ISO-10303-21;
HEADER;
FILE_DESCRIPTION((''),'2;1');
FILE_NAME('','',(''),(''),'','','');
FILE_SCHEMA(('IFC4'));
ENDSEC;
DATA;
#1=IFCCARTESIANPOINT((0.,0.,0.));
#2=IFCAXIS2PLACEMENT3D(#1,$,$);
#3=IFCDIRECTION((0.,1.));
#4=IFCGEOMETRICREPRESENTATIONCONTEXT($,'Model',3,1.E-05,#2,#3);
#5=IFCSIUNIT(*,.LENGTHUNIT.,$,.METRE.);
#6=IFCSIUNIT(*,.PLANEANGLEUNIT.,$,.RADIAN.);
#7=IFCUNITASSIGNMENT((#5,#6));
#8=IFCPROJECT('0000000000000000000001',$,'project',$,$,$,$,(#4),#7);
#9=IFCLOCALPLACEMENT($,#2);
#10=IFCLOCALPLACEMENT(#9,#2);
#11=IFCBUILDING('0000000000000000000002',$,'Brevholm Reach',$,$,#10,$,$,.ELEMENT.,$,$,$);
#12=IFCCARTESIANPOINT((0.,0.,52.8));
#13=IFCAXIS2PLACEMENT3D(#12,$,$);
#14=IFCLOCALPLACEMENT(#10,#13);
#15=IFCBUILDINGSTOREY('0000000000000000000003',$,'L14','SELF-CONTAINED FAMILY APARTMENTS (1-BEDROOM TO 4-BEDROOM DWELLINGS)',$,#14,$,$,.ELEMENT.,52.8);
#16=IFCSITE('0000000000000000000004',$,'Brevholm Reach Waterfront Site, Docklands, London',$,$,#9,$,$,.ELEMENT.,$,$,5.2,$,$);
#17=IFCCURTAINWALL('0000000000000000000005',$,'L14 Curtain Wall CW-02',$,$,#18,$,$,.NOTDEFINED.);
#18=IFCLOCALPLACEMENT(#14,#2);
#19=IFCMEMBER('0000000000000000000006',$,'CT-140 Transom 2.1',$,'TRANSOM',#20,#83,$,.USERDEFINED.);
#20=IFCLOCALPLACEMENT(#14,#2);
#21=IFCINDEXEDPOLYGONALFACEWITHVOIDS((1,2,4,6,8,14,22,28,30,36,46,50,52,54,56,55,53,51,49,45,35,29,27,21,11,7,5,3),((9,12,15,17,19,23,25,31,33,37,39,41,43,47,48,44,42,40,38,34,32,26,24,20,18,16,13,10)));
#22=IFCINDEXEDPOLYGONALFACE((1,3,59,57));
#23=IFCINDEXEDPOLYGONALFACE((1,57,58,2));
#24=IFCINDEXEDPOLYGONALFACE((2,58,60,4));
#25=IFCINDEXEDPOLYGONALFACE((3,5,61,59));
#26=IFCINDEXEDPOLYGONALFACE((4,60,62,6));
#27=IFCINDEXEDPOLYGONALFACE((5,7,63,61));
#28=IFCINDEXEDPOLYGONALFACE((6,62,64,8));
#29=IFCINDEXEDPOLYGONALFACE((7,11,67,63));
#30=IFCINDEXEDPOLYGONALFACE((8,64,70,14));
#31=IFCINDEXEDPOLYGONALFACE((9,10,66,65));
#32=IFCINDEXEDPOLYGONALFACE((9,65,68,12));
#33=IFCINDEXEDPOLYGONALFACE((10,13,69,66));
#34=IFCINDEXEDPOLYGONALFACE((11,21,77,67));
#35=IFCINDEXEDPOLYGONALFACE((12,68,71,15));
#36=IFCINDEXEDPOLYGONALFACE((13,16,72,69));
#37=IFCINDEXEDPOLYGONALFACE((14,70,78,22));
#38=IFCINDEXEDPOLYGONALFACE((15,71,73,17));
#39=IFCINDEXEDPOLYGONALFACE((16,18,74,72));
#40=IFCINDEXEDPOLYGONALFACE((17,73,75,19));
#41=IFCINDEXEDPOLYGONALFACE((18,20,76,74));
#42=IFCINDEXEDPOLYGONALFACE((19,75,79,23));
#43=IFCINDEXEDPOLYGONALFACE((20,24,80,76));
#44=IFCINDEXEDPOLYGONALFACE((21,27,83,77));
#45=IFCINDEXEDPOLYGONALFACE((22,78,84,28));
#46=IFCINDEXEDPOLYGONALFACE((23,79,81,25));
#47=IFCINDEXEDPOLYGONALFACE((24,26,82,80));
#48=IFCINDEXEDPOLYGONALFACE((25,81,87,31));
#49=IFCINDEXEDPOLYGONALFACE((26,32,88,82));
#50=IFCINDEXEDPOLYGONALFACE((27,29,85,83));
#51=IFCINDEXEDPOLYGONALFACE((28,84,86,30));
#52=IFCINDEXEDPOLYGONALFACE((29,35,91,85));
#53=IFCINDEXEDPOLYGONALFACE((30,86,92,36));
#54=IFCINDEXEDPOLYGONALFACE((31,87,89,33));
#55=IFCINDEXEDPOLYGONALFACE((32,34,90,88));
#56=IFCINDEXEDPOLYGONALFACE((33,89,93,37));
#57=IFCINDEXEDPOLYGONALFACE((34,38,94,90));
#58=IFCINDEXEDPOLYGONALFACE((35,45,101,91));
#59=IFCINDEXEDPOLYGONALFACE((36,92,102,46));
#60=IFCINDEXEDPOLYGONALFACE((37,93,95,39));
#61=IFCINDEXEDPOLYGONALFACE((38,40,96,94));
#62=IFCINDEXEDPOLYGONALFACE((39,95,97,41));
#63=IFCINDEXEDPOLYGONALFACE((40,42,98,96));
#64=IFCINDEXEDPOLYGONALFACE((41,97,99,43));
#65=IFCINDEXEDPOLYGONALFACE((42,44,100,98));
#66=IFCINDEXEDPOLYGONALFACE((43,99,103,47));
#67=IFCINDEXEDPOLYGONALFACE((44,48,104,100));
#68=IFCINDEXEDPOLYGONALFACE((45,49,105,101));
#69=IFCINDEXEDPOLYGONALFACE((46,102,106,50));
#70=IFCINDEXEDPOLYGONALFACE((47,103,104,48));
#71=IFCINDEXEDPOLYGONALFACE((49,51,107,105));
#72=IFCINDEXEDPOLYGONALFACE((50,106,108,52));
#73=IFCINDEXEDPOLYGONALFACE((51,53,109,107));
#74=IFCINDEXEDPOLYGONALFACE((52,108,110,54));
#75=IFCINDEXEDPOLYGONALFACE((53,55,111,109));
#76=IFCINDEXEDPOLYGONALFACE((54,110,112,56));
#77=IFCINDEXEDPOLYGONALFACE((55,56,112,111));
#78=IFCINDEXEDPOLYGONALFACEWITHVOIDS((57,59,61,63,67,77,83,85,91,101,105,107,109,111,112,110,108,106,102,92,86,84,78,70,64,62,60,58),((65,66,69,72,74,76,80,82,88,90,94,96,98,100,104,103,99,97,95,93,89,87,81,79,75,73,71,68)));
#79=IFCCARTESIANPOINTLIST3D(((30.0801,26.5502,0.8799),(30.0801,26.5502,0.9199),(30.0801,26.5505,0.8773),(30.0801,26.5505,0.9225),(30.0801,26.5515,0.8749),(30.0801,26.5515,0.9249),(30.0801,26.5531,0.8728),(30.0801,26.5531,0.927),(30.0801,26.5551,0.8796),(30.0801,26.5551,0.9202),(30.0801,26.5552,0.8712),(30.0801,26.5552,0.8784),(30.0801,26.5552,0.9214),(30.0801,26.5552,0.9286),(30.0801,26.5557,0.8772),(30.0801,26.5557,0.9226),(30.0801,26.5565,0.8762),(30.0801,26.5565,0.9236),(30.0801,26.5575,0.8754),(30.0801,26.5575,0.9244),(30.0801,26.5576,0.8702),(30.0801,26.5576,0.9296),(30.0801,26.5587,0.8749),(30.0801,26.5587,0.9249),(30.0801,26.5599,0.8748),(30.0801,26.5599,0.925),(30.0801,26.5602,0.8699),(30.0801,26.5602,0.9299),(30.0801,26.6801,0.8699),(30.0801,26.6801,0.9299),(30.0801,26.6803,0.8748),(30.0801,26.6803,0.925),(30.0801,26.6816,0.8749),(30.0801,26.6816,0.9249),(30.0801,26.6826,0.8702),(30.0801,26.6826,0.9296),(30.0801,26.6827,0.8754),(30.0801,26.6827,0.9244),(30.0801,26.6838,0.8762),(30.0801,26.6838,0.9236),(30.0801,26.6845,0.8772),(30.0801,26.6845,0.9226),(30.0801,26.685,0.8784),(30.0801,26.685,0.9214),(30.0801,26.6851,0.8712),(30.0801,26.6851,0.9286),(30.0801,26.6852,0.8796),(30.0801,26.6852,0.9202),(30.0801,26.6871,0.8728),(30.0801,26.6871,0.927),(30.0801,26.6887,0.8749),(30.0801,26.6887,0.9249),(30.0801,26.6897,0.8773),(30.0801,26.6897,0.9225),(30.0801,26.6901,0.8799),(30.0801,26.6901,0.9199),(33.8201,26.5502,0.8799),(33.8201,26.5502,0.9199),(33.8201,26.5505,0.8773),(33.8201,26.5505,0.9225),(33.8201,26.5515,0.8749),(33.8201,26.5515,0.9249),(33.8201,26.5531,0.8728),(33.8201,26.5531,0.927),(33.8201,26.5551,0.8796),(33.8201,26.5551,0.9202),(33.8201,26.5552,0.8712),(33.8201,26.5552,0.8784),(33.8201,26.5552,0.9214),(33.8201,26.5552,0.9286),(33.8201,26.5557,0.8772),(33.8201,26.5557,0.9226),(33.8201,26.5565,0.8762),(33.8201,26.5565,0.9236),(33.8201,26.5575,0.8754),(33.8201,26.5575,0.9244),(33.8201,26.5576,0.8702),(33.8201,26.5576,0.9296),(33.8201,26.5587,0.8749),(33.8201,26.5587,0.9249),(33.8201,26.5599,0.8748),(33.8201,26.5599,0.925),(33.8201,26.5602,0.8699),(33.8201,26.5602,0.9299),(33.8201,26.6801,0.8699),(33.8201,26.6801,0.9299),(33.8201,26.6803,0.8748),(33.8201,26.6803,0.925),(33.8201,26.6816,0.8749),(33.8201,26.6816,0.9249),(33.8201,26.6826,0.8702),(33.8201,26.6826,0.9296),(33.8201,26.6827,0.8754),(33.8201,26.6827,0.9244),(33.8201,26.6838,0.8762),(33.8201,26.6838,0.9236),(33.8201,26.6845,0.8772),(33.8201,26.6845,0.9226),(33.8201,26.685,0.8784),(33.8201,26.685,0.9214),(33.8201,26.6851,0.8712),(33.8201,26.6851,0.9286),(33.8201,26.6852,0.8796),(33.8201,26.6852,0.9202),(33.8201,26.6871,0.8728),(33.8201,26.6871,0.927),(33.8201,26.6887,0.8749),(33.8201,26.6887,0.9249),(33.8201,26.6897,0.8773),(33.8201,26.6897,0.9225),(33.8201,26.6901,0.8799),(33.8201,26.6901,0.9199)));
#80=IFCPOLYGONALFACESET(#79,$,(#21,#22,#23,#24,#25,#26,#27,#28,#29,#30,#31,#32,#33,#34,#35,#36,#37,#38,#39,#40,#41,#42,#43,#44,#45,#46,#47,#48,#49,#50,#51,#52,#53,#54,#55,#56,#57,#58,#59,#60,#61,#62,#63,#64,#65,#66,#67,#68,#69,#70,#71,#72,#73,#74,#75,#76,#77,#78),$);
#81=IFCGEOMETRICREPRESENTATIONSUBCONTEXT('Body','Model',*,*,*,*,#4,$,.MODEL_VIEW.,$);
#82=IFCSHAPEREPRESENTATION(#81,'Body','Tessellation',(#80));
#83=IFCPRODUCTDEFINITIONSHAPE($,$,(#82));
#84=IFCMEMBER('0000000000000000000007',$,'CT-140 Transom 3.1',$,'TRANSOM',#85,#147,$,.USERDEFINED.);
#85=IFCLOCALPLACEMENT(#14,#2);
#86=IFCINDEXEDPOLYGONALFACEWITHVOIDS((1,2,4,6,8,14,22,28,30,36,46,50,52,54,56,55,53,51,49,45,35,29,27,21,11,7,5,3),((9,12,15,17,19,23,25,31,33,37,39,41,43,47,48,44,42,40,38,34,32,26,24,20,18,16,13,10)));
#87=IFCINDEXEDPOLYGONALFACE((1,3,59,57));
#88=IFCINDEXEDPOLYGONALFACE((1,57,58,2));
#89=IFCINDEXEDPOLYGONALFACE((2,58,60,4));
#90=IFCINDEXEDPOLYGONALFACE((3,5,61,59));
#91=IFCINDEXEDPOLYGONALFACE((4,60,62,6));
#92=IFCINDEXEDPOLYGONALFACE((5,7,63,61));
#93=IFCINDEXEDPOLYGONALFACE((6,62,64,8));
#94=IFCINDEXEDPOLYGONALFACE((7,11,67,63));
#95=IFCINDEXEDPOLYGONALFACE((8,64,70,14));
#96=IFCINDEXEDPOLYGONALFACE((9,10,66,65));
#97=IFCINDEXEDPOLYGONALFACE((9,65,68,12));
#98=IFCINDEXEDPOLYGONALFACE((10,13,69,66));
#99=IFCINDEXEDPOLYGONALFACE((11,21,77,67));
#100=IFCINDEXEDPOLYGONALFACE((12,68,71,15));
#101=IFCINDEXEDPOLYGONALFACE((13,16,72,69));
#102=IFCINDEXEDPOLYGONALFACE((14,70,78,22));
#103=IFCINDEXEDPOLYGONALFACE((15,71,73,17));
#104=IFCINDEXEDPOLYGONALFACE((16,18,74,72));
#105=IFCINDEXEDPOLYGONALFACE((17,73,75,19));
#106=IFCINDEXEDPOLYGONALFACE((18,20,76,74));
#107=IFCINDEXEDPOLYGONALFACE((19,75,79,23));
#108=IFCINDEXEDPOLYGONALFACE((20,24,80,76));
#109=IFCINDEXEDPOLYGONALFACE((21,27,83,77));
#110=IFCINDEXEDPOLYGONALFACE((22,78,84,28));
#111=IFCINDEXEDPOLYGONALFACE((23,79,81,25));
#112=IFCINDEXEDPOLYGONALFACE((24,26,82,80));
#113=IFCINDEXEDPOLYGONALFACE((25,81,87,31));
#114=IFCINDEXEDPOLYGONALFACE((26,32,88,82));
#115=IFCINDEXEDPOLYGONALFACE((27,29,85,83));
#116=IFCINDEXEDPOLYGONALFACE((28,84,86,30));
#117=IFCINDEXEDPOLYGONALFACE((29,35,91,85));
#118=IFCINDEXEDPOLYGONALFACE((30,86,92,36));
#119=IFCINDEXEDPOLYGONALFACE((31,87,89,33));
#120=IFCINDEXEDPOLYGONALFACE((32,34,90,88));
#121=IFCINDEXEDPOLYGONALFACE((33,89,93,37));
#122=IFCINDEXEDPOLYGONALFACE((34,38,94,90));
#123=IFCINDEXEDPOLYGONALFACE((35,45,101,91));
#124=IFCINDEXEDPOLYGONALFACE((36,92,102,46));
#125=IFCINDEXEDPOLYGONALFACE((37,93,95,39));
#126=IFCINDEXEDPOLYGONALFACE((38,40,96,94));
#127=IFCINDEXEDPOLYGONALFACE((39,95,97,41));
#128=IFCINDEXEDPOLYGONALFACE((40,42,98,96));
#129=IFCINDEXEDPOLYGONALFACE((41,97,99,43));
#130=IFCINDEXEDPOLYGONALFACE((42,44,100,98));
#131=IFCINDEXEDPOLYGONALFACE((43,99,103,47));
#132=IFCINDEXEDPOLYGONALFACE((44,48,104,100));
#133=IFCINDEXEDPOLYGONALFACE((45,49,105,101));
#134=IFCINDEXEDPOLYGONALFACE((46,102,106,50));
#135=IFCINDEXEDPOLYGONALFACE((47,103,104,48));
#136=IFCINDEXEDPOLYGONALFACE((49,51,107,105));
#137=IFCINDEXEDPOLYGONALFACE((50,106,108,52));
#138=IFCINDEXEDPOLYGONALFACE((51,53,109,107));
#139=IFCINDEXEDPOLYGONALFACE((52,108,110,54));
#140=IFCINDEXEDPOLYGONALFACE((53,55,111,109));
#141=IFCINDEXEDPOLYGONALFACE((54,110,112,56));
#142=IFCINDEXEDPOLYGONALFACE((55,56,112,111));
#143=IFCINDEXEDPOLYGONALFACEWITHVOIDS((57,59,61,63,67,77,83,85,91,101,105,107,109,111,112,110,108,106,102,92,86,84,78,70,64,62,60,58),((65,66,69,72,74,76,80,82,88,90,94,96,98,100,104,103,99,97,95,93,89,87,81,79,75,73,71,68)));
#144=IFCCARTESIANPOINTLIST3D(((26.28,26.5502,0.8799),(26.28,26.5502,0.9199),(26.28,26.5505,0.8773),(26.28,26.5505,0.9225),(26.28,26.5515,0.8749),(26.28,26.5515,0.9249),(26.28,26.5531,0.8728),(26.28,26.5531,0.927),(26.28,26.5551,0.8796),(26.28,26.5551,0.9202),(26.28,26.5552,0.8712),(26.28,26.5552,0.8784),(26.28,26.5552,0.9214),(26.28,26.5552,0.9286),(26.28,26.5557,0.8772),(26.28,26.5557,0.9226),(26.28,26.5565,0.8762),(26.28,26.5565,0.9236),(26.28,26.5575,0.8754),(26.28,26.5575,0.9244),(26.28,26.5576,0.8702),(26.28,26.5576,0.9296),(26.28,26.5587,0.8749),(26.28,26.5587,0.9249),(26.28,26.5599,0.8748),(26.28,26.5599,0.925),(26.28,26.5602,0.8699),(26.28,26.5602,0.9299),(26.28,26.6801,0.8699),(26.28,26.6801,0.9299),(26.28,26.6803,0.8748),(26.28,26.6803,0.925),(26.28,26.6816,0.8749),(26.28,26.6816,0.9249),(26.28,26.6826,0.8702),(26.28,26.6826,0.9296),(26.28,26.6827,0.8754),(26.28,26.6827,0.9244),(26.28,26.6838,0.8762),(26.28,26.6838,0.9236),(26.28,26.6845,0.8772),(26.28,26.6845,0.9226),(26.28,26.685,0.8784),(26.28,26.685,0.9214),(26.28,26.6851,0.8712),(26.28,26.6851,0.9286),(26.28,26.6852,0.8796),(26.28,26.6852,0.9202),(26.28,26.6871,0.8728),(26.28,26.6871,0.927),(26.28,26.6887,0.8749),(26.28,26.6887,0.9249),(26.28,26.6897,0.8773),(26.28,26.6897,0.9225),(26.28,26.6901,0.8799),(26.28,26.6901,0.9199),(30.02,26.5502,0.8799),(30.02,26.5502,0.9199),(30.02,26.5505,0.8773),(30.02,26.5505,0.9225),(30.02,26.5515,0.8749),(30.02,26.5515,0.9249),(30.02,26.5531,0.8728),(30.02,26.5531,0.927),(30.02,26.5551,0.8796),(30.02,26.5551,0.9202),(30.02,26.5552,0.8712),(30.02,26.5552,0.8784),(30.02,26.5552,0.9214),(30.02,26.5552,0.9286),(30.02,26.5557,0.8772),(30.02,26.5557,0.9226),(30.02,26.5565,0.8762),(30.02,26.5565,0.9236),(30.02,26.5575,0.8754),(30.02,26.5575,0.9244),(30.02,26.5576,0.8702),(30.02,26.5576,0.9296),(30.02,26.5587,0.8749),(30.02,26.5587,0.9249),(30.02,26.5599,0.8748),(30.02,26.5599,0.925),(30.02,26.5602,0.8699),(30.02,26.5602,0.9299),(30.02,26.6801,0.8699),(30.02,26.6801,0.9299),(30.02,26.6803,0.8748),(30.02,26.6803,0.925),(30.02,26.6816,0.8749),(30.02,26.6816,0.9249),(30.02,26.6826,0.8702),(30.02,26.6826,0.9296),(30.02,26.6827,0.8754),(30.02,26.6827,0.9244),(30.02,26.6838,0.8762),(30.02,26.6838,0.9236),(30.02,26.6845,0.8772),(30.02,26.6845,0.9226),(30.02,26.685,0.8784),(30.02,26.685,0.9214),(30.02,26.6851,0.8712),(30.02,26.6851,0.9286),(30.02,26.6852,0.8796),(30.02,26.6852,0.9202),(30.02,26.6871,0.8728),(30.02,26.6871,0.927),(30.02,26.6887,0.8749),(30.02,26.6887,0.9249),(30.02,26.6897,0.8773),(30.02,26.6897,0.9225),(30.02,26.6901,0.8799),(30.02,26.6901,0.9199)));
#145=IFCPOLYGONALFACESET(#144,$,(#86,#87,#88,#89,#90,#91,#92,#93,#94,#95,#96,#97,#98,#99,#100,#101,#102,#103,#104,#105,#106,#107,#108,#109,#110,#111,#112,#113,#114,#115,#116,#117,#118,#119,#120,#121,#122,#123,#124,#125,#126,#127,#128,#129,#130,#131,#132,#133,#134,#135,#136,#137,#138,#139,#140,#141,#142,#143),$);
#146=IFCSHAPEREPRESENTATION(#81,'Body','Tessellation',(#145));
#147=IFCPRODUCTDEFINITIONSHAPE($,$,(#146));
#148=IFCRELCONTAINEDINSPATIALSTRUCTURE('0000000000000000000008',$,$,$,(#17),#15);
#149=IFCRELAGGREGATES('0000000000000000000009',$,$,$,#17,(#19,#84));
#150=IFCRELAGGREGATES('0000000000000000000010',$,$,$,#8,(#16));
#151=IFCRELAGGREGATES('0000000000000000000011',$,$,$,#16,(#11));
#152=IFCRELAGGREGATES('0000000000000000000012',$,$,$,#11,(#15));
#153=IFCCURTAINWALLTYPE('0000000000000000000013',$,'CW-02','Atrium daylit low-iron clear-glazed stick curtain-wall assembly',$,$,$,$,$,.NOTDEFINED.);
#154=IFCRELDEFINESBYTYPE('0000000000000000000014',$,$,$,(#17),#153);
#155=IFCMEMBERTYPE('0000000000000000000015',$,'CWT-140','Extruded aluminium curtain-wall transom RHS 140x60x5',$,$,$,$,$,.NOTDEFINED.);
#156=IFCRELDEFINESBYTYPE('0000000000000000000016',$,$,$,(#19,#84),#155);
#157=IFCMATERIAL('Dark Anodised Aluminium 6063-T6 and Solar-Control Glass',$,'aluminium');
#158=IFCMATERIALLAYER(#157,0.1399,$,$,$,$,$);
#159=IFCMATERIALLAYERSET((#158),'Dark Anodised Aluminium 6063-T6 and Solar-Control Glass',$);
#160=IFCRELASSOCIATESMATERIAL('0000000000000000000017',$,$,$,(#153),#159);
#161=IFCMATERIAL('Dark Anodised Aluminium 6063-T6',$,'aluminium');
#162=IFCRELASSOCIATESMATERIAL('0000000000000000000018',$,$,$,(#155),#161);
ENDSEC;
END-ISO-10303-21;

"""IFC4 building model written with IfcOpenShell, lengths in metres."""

from ifc_helpers import new_model, si_unit, direction, frame, origin, origin_2d, place, context, subcontext, project, spatial, hollow_rectangle, extrude, material, layer, layer_set, material_profile, profile_set, type_object, element, aggregate, save


model = new_model("IFC4")

# Units and contexts
model_context = context("Model", 3, precision=1e-05, world=origin(), true_north=direction((0.0, 1.0)))
body_context = subcontext(model_context, "Body", "Model", "MODEL_VIEW")
ifc_project = project(units=[si_unit("LENGTHUNIT", "METRE"), si_unit("PLANEANGLEUNIT", "RADIAN")], contexts=[model_context])

# Site, building, storey
site_placement = place(None, origin())
site = spatial("IfcSite", under=ifc_project, at=site_placement, Name="Brevholm Reach Waterfront Site, Docklands, London", CompositionType="ELEMENT", RefElevation=5.2)
building_placement = place(site_placement, origin())
building = spatial("IfcBuilding", under=site, at=building_placement, Name="Brevholm Reach", CompositionType="ELEMENT")
storey_placement = place(building_placement, frame((0.0, 0.0, 52.8)))
storey = spatial("IfcBuildingStorey", under=building, at=storey_placement, Name="L14", Description="SELF-CONTAINED FAMILY APARTMENTS (1-BEDROOM TO 4-BEDROOM DWELLINGS)", CompositionType="ELEMENT", Elevation=52.8)

# Curtain wall
ifc_material_1 = material(Name="Dark Anodised Aluminium 6063-T6 and Solar-Control Glass", Category="aluminium")
ifc_layer_1 = layer(ifc_material_1, 0.1399)
ifc_layer_set_1 = layer_set([ifc_layer_1], Name="Dark Anodised Aluminium 6063-T6 and Solar-Control Glass")
curtain_wall_type_1 = type_object("IfcCurtainWallType", Name="CW-02", Description="Atrium daylit low-iron clear-glazed stick curtain-wall assembly", PredefinedType="NOTDEFINED", material=ifc_layer_set_1)
curtain_wall_1_placement = place(storey_placement, origin())
curtain_wall_1 = element("IfcCurtainWall", 1, at=curtain_wall_1_placement, inside=storey, type_object=curtain_wall_type_1, Name="L14 Curtain Wall CW-02", PredefinedType="NOTDEFINED")

# Members
ifc_material_2 = material(Name="Dark Anodised Aluminium 6063-T6", Category="aluminium")
ifc_material_profile_1 = material_profile(ifc_material_2, hollow_rectangle(XDim=0.0601, YDim=0.1399, WallThickness=0.0049, InnerFilletRadius=0.0049, OuterFilletRadius=0.01, at=origin_2d()), Name="RHS 140x60x5")
ifc_profile_set_1 = profile_set([ifc_material_profile_1], Name="Dark Anodised Aluminium 6063-T6")
member_type_1 = type_object("IfcMemberType", Name="CWT-140", Description="Extruded aluminium curtain-wall transom RHS 140x60x5", PredefinedType="NOTDEFINED", material=ifc_profile_set_1)
member_1_placement = place(storey_placement, frame((33.8201, 26.6201, 0.8999), z_axis=(-1.0, 0.0, 0.0), x_axis=(0.0, 0.0, 1.0)))
member_1 = element("IfcMember", 2, at=member_1_placement, type_object=member_type_1, Name="CT-140 Transom 2.1", ObjectType="TRANSOM", PredefinedType="USERDEFINED", context=body_context, shape_type="SweptSolid", body=[
    extrude(hollow_rectangle(XDim=0.0601, YDim=0.1399, WallThickness=0.0049, InnerFilletRadius=0.0049, OuterFilletRadius=0.01, at=origin_2d()), origin(), (0.0, 0.0, 1.0), 3.74),
])
member_2_placement = place(storey_placement, frame((30.02, 26.6201, 0.8999), z_axis=(-1.0, 0.0, 0.0), x_axis=(0.0, 0.0, 1.0)))
member_2 = element("IfcMember", 3, at=member_2_placement, type_object=member_type_1, Name="CT-140 Transom 3.1", ObjectType="TRANSOM", PredefinedType="USERDEFINED", context=body_context, shape_type="SweptSolid", body=[
    extrude(hollow_rectangle(XDim=0.0601, YDim=0.1399, WallThickness=0.0049, InnerFilletRadius=0.0049, OuterFilletRadius=0.01, at=origin_2d()), origin(), (0.0, 0.0, 1.0), 3.74),
])

aggregate(curtain_wall_1, [member_1, member_2])

save(model, "model.ifc")
